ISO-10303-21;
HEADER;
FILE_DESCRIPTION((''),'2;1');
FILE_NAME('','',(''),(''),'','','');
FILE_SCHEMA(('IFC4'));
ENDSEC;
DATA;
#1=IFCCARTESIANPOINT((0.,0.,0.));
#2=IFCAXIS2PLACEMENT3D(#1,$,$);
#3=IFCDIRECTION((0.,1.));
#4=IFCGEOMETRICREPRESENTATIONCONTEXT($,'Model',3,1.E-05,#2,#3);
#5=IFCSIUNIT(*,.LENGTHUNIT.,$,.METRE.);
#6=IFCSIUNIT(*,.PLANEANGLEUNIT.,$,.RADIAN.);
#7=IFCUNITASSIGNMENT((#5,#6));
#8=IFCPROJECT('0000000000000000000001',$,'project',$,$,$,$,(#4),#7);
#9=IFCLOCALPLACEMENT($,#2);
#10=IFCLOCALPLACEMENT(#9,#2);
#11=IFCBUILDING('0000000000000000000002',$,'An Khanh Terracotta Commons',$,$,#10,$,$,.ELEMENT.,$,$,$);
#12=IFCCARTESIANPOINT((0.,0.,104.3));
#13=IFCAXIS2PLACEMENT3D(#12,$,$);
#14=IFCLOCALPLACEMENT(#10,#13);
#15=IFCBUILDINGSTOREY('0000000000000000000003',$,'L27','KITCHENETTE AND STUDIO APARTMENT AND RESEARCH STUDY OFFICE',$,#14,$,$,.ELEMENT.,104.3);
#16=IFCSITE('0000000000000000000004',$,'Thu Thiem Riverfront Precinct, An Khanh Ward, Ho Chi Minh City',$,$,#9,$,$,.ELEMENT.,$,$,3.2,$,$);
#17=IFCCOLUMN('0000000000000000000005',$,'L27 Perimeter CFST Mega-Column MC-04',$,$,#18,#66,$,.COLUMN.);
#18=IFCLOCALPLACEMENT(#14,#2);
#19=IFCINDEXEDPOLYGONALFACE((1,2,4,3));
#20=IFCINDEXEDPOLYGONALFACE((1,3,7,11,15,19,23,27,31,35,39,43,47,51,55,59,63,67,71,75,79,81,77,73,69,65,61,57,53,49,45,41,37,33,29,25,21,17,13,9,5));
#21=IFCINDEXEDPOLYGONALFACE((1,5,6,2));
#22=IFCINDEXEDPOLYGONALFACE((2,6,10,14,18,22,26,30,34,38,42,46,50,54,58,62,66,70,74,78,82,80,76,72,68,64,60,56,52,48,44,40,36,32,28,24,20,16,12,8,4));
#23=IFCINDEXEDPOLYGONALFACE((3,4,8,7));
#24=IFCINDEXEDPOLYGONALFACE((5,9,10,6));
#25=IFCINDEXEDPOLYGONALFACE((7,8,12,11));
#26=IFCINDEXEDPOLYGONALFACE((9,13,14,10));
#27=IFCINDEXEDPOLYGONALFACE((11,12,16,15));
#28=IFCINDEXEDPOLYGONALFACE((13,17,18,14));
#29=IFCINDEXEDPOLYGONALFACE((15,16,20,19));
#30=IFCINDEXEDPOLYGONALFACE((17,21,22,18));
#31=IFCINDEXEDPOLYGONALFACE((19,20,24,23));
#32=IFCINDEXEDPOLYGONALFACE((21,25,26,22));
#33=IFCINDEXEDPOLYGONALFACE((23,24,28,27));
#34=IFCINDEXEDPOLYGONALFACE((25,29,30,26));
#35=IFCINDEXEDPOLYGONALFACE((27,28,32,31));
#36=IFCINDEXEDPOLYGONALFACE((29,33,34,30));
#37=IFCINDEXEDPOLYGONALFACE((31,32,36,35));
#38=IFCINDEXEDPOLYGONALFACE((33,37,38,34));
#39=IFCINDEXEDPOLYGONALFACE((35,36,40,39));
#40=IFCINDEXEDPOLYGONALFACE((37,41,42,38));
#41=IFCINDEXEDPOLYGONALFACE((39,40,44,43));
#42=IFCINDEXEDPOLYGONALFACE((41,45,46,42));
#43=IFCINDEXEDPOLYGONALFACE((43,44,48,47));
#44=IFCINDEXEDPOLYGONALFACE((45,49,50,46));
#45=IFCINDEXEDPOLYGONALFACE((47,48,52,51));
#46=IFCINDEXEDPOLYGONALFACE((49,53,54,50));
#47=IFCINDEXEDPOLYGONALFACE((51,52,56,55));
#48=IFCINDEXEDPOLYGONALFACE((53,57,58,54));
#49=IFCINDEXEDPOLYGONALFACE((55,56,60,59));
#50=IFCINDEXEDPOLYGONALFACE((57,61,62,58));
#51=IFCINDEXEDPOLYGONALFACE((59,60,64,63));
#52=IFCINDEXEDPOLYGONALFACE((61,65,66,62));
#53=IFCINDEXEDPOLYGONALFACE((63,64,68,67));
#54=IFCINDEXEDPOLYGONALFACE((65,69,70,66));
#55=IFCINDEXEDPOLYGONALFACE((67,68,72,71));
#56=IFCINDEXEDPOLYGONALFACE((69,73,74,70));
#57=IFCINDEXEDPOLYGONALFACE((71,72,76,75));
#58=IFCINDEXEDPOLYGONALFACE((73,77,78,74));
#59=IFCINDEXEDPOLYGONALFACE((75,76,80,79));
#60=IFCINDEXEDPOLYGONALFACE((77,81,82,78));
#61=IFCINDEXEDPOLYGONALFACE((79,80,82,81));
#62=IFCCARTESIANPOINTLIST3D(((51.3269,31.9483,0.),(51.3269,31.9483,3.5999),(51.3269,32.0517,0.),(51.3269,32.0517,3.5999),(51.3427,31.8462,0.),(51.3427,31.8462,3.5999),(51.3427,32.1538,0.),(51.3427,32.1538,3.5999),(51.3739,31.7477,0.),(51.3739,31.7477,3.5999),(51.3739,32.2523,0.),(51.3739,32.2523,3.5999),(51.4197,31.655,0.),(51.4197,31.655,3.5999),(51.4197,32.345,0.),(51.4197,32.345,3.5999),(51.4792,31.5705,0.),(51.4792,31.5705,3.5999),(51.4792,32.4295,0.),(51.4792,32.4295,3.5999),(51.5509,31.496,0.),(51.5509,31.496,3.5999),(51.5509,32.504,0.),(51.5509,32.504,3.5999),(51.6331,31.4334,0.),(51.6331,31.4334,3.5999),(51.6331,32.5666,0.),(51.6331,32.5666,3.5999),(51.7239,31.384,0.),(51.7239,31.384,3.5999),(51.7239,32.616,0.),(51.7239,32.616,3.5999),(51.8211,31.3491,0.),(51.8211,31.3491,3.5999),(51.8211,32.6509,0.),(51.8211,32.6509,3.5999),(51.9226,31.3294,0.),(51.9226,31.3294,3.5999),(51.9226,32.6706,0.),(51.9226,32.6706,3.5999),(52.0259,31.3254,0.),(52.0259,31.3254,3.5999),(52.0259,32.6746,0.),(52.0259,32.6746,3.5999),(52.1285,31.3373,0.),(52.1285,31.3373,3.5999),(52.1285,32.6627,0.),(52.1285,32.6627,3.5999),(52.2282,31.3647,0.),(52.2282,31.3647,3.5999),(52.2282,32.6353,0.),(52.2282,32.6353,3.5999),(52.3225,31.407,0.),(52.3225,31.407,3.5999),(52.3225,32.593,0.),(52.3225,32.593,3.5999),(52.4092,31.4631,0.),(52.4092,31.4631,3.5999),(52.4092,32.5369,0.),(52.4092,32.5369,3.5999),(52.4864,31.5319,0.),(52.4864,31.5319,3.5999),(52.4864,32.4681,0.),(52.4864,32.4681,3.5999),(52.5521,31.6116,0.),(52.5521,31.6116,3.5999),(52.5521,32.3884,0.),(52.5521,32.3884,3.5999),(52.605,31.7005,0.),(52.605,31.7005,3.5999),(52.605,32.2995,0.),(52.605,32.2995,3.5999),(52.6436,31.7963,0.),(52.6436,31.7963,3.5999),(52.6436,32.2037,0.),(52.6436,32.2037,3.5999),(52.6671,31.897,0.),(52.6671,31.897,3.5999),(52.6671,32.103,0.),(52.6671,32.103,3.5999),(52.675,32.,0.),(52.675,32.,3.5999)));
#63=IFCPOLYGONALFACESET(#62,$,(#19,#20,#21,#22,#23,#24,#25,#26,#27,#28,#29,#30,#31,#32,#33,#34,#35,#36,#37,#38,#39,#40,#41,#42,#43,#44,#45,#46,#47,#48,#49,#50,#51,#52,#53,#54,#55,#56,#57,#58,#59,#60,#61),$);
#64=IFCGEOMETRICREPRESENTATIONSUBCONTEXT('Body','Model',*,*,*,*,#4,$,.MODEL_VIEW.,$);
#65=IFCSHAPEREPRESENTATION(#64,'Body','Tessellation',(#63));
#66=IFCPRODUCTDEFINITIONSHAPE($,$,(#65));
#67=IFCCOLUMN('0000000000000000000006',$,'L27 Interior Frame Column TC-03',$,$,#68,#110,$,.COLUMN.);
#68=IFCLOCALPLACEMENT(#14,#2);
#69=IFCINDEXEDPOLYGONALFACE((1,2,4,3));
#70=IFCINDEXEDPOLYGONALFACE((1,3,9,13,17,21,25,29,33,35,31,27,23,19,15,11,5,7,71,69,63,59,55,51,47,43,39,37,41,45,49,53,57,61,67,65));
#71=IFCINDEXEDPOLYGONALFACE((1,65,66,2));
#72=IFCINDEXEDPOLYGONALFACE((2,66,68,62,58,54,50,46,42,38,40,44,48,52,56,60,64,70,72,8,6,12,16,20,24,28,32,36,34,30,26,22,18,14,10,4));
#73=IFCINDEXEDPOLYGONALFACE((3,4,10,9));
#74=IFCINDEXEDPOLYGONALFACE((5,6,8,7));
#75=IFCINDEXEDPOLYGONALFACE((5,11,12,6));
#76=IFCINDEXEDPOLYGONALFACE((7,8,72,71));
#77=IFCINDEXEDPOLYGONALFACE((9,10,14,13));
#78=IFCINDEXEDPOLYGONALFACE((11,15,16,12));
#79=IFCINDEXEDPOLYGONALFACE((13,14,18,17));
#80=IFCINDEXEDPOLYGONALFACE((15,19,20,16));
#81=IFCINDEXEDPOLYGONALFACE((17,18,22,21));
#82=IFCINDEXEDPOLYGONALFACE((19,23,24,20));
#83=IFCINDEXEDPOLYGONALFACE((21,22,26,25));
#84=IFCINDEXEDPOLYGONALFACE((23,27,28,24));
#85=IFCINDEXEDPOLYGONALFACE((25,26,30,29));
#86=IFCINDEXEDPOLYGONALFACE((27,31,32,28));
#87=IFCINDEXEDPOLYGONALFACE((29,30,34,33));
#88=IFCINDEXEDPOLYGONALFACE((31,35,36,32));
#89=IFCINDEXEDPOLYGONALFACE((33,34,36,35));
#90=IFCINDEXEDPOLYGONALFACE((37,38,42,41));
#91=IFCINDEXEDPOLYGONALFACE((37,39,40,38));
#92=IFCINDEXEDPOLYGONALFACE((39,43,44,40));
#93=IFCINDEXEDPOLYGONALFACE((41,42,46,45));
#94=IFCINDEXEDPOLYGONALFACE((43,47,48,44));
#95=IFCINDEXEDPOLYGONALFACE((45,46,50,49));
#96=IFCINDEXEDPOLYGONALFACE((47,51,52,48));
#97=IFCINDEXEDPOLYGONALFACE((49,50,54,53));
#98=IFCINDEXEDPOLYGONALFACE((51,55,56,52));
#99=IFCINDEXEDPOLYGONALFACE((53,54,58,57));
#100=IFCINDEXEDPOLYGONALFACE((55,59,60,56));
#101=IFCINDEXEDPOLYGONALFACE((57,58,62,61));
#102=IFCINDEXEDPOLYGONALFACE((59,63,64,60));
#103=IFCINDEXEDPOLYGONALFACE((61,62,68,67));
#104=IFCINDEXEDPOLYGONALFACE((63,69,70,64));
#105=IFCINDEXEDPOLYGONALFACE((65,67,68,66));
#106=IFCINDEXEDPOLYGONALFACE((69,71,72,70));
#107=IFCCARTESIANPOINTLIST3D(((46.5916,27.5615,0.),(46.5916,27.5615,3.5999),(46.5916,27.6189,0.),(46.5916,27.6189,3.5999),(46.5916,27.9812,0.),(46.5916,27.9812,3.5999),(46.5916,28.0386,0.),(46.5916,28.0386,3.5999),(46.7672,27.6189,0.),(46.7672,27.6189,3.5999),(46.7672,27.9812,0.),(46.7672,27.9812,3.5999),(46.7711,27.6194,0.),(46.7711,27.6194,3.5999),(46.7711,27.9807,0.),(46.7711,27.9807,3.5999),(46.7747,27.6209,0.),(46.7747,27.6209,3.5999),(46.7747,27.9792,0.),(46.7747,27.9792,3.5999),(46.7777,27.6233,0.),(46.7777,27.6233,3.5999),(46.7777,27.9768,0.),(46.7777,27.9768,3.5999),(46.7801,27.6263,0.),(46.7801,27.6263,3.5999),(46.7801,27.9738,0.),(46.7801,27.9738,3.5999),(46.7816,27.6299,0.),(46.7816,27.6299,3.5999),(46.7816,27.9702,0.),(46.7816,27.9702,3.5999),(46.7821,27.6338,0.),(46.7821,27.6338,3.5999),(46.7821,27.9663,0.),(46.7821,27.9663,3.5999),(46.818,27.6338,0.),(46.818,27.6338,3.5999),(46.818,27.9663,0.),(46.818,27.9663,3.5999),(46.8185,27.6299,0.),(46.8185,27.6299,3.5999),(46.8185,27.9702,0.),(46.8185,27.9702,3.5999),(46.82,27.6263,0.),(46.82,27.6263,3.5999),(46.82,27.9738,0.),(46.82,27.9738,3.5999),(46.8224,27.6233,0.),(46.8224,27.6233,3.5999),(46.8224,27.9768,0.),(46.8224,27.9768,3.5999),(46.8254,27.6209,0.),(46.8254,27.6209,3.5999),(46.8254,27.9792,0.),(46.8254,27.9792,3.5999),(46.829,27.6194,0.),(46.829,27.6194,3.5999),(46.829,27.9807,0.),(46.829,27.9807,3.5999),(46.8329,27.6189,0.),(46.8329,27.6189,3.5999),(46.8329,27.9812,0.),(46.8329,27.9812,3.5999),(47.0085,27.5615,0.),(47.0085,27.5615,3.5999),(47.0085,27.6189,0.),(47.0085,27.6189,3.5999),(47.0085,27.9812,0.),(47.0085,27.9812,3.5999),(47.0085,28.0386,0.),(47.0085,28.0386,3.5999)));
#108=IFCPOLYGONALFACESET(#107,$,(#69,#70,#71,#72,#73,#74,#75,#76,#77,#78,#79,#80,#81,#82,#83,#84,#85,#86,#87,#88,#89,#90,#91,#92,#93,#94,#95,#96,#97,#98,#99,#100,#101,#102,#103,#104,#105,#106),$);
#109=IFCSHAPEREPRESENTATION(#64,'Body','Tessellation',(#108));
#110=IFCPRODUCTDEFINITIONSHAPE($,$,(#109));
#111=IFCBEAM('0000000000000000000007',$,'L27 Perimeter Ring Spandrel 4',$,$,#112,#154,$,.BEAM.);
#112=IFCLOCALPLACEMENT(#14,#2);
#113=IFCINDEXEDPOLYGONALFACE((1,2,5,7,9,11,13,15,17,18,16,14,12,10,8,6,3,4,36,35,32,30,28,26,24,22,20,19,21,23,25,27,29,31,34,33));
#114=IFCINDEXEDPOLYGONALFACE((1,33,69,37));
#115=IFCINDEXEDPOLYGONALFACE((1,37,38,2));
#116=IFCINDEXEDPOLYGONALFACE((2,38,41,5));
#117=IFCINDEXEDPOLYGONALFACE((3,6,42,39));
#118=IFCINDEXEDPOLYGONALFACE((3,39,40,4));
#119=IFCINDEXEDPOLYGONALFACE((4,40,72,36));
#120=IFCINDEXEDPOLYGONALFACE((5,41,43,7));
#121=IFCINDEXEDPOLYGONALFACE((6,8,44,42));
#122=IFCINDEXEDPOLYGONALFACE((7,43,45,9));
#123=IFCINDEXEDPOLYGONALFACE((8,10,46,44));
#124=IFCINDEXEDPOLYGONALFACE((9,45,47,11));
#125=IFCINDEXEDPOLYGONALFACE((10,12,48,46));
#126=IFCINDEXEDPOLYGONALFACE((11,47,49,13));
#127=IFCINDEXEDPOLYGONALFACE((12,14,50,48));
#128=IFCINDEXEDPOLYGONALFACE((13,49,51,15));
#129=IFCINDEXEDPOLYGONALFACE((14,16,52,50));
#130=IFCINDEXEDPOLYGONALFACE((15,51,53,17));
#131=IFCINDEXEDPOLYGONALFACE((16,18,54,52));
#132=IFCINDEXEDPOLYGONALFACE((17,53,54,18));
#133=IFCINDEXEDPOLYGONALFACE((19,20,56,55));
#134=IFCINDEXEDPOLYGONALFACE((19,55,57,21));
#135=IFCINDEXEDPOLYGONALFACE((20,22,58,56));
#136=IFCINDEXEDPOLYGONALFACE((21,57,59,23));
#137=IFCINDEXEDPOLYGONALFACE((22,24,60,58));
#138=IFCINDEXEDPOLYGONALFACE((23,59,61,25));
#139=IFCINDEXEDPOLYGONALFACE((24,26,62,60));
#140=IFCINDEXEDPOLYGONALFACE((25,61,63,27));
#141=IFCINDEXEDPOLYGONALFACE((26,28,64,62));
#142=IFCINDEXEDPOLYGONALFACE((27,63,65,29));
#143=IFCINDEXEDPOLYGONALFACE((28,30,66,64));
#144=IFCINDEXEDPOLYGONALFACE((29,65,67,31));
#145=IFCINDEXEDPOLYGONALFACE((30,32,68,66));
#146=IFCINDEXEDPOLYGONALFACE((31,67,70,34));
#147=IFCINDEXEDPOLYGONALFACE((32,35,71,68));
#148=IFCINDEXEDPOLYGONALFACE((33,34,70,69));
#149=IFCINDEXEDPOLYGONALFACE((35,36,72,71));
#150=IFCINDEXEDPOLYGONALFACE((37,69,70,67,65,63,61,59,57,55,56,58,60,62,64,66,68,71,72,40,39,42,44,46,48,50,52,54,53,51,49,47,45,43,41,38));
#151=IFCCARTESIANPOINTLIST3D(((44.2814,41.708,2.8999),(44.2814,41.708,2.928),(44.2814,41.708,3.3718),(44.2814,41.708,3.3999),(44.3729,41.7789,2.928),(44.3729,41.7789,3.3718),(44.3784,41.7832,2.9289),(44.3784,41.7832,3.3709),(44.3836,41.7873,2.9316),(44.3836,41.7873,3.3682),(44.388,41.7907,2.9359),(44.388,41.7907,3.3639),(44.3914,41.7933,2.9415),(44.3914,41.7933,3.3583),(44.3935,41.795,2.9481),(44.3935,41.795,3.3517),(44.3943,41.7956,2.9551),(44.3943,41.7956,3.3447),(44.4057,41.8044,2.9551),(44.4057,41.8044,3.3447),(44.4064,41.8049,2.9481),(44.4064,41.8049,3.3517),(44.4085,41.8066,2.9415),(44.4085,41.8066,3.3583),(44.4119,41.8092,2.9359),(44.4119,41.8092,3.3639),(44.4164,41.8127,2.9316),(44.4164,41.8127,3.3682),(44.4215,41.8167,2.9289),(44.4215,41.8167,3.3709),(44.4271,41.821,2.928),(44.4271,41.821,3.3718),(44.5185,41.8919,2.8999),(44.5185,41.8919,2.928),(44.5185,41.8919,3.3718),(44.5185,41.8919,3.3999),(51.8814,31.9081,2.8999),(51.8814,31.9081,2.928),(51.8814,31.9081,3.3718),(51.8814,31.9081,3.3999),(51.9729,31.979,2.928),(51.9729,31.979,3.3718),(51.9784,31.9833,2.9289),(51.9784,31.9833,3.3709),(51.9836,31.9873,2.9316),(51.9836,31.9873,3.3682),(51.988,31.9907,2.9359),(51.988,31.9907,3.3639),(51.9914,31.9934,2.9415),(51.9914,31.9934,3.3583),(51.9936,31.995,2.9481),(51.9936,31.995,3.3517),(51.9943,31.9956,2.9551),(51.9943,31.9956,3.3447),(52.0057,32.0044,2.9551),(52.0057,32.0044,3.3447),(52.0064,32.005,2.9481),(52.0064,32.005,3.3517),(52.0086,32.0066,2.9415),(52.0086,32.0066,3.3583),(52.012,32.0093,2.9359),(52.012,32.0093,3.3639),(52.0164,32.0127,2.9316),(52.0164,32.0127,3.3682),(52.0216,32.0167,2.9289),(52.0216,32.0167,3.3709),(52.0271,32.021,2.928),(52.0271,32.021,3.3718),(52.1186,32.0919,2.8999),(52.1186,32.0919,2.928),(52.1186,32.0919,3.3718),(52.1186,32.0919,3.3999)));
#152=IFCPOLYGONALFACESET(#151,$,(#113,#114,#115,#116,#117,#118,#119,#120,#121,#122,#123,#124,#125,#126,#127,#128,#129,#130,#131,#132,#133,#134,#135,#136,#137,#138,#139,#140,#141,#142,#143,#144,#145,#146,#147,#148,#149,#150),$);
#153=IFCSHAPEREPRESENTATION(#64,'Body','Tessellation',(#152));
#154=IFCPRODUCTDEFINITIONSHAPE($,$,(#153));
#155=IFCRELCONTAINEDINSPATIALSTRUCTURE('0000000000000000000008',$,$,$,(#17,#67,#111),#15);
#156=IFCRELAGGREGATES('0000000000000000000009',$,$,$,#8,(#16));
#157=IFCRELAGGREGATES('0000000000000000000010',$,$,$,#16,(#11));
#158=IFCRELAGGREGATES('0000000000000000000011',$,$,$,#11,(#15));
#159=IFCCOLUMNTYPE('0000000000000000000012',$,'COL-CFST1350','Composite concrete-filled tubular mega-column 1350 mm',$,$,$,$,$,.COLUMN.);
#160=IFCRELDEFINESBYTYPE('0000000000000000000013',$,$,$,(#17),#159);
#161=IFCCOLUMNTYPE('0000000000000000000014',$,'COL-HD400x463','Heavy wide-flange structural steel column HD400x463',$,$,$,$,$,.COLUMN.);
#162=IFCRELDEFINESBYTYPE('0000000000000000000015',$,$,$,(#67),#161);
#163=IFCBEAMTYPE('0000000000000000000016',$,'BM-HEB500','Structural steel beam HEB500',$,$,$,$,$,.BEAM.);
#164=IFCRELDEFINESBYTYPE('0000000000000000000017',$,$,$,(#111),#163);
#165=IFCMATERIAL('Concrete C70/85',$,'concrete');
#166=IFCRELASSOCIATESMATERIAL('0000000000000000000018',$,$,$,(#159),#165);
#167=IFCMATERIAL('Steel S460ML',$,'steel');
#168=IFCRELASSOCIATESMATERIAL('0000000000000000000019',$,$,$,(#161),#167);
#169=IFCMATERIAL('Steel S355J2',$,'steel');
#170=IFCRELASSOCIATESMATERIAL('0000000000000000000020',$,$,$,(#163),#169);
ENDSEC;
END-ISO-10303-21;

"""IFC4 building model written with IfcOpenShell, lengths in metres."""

from ifc_helpers import new_model, si_unit, direction, frame, origin, origin_2d, place, context, subcontext, project, spatial, circle, i_section, extrude, material, material_profile, profile_set, type_object, element, save


model = new_model("IFC4")

# Units and contexts
model_context = context("Model", 3, precision=1e-05, world=origin(), true_north=direction((0.0, 1.0)))
body_context = subcontext(model_context, "Body", "Model", "MODEL_VIEW")
ifc_project = project(units=[si_unit("LENGTHUNIT", "METRE"), si_unit("PLANEANGLEUNIT", "RADIAN")], contexts=[model_context])

# Site, building, storey
site_placement = place(None, origin())
site = spatial("IfcSite", under=ifc_project, at=site_placement, Name="Thu Thiem Riverfront Precinct, An Khanh Ward, Ho Chi Minh City", CompositionType="ELEMENT", RefElevation=3.2)
building_placement = place(site_placement, origin())
building = spatial("IfcBuilding", under=site, at=building_placement, Name="An Khanh Terracotta Commons", CompositionType="ELEMENT")
storey_placement = place(building_placement, frame((0.0, 0.0, 104.3)))
storey = spatial("IfcBuildingStorey", under=building, at=storey_placement, Name="L27", Description="KITCHENETTE AND STUDIO APARTMENT AND RESEARCH STUDY OFFICE", CompositionType="ELEMENT", Elevation=104.3)

# Columns
ifc_material_1 = material(Name="Concrete C70/85", Category="concrete")
ifc_material_profile_1 = material_profile(ifc_material_1, circle(Radius=0.675, at=origin_2d()), Name="CFST1350")
ifc_profile_set_1 = profile_set([ifc_material_profile_1], Name="Concrete C70/85")
column_type_1 = type_object("IfcColumnType", Name="COL-CFST1350", Description="Composite concrete-filled tubular mega-column 1350 mm", PredefinedType="COLUMN", material=ifc_profile_set_1)
column_1_placement = place(storey_placement, frame((52.0, 32.0, 0.0), z_axis=(0.0, 0.0, 1.0), x_axis=(1.0, 0.0, 0.0)))
element("IfcColumn", 1, at=column_1_placement, inside=storey, type_object=column_type_1, Name="L27 Perimeter CFST Mega-Column MC-04", PredefinedType="COLUMN", context=body_context, shape_type="SweptSolid", body=[
    extrude(circle(Radius=0.675, at=origin_2d()), origin(), (0.0, 0.0, 1.0), 3.5999),
])
ifc_material_2 = material(Name="Steel S460ML", Category="steel")
ifc_material_profile_2 = material_profile(ifc_material_2, i_section(OverallWidth=0.417, OverallDepth=0.4771, WebThickness=0.0359, FlangeThickness=0.0574, FilletRadius=0.0149, at=origin_2d()), Name="HD400x463")
ifc_profile_set_2 = profile_set([ifc_material_profile_2], Name="Steel S460ML")
column_type_2 = type_object("IfcColumnType", Name="COL-HD400x463", Description="Heavy wide-flange structural steel column HD400x463", PredefinedType="COLUMN", material=ifc_profile_set_2)
column_2_placement = place(storey_placement, frame((46.8, 27.8, 0.0), z_axis=(0.0, 0.0, 1.0), x_axis=(1.0, 0.0, 0.0)))
element("IfcColumn", 2, at=column_2_placement, inside=storey, type_object=column_type_2, Name="L27 Interior Frame Column TC-03", PredefinedType="COLUMN", context=body_context, shape_type="SweptSolid", body=[
    extrude(i_section(OverallWidth=0.417, OverallDepth=0.4771, WebThickness=0.0359, FlangeThickness=0.0574, FilletRadius=0.0149, at=origin_2d()), origin(), (0.0, 0.0, 1.0), 3.5999),
])

# Beam
ifc_material_3 = material(Name="Steel S355J2", Category="steel")
ifc_material_profile_3 = material_profile(ifc_material_3, i_section(OverallWidth=0.3, OverallDepth=0.5, WebThickness=0.0144, FlangeThickness=0.0281, FilletRadius=0.0271, at=origin_2d()), Name="HEB500")
ifc_profile_set_3 = profile_set([ifc_material_profile_3], Name="Steel S355J2")
beam_type_1 = type_object("IfcBeamType", Name="BM-HEB500", Description="Structural steel beam HEB500", PredefinedType="BEAM", material=ifc_profile_set_3)
beam_1_placement = place(storey_placement, frame((52.0, 32.0, 3.1499), z_axis=(-0.612827, 0.790217, 0.0), x_axis=(-0.790217, -0.612827, 0.0)))
element("IfcBeam", 3, at=beam_1_placement, inside=storey, type_object=beam_type_1, Name="L27 Perimeter Ring Spandrel 4", PredefinedType="BEAM", context=body_context, shape_type="SweptSolid", body=[
    extrude(i_section(OverallWidth=0.3, OverallDepth=0.5, WebThickness=0.0144, FlangeThickness=0.0281, FilletRadius=0.0271, at=origin_2d()), origin(), (0.0, 0.0, 1.0), 12.4016),
])

save(model, "model.ifc")
